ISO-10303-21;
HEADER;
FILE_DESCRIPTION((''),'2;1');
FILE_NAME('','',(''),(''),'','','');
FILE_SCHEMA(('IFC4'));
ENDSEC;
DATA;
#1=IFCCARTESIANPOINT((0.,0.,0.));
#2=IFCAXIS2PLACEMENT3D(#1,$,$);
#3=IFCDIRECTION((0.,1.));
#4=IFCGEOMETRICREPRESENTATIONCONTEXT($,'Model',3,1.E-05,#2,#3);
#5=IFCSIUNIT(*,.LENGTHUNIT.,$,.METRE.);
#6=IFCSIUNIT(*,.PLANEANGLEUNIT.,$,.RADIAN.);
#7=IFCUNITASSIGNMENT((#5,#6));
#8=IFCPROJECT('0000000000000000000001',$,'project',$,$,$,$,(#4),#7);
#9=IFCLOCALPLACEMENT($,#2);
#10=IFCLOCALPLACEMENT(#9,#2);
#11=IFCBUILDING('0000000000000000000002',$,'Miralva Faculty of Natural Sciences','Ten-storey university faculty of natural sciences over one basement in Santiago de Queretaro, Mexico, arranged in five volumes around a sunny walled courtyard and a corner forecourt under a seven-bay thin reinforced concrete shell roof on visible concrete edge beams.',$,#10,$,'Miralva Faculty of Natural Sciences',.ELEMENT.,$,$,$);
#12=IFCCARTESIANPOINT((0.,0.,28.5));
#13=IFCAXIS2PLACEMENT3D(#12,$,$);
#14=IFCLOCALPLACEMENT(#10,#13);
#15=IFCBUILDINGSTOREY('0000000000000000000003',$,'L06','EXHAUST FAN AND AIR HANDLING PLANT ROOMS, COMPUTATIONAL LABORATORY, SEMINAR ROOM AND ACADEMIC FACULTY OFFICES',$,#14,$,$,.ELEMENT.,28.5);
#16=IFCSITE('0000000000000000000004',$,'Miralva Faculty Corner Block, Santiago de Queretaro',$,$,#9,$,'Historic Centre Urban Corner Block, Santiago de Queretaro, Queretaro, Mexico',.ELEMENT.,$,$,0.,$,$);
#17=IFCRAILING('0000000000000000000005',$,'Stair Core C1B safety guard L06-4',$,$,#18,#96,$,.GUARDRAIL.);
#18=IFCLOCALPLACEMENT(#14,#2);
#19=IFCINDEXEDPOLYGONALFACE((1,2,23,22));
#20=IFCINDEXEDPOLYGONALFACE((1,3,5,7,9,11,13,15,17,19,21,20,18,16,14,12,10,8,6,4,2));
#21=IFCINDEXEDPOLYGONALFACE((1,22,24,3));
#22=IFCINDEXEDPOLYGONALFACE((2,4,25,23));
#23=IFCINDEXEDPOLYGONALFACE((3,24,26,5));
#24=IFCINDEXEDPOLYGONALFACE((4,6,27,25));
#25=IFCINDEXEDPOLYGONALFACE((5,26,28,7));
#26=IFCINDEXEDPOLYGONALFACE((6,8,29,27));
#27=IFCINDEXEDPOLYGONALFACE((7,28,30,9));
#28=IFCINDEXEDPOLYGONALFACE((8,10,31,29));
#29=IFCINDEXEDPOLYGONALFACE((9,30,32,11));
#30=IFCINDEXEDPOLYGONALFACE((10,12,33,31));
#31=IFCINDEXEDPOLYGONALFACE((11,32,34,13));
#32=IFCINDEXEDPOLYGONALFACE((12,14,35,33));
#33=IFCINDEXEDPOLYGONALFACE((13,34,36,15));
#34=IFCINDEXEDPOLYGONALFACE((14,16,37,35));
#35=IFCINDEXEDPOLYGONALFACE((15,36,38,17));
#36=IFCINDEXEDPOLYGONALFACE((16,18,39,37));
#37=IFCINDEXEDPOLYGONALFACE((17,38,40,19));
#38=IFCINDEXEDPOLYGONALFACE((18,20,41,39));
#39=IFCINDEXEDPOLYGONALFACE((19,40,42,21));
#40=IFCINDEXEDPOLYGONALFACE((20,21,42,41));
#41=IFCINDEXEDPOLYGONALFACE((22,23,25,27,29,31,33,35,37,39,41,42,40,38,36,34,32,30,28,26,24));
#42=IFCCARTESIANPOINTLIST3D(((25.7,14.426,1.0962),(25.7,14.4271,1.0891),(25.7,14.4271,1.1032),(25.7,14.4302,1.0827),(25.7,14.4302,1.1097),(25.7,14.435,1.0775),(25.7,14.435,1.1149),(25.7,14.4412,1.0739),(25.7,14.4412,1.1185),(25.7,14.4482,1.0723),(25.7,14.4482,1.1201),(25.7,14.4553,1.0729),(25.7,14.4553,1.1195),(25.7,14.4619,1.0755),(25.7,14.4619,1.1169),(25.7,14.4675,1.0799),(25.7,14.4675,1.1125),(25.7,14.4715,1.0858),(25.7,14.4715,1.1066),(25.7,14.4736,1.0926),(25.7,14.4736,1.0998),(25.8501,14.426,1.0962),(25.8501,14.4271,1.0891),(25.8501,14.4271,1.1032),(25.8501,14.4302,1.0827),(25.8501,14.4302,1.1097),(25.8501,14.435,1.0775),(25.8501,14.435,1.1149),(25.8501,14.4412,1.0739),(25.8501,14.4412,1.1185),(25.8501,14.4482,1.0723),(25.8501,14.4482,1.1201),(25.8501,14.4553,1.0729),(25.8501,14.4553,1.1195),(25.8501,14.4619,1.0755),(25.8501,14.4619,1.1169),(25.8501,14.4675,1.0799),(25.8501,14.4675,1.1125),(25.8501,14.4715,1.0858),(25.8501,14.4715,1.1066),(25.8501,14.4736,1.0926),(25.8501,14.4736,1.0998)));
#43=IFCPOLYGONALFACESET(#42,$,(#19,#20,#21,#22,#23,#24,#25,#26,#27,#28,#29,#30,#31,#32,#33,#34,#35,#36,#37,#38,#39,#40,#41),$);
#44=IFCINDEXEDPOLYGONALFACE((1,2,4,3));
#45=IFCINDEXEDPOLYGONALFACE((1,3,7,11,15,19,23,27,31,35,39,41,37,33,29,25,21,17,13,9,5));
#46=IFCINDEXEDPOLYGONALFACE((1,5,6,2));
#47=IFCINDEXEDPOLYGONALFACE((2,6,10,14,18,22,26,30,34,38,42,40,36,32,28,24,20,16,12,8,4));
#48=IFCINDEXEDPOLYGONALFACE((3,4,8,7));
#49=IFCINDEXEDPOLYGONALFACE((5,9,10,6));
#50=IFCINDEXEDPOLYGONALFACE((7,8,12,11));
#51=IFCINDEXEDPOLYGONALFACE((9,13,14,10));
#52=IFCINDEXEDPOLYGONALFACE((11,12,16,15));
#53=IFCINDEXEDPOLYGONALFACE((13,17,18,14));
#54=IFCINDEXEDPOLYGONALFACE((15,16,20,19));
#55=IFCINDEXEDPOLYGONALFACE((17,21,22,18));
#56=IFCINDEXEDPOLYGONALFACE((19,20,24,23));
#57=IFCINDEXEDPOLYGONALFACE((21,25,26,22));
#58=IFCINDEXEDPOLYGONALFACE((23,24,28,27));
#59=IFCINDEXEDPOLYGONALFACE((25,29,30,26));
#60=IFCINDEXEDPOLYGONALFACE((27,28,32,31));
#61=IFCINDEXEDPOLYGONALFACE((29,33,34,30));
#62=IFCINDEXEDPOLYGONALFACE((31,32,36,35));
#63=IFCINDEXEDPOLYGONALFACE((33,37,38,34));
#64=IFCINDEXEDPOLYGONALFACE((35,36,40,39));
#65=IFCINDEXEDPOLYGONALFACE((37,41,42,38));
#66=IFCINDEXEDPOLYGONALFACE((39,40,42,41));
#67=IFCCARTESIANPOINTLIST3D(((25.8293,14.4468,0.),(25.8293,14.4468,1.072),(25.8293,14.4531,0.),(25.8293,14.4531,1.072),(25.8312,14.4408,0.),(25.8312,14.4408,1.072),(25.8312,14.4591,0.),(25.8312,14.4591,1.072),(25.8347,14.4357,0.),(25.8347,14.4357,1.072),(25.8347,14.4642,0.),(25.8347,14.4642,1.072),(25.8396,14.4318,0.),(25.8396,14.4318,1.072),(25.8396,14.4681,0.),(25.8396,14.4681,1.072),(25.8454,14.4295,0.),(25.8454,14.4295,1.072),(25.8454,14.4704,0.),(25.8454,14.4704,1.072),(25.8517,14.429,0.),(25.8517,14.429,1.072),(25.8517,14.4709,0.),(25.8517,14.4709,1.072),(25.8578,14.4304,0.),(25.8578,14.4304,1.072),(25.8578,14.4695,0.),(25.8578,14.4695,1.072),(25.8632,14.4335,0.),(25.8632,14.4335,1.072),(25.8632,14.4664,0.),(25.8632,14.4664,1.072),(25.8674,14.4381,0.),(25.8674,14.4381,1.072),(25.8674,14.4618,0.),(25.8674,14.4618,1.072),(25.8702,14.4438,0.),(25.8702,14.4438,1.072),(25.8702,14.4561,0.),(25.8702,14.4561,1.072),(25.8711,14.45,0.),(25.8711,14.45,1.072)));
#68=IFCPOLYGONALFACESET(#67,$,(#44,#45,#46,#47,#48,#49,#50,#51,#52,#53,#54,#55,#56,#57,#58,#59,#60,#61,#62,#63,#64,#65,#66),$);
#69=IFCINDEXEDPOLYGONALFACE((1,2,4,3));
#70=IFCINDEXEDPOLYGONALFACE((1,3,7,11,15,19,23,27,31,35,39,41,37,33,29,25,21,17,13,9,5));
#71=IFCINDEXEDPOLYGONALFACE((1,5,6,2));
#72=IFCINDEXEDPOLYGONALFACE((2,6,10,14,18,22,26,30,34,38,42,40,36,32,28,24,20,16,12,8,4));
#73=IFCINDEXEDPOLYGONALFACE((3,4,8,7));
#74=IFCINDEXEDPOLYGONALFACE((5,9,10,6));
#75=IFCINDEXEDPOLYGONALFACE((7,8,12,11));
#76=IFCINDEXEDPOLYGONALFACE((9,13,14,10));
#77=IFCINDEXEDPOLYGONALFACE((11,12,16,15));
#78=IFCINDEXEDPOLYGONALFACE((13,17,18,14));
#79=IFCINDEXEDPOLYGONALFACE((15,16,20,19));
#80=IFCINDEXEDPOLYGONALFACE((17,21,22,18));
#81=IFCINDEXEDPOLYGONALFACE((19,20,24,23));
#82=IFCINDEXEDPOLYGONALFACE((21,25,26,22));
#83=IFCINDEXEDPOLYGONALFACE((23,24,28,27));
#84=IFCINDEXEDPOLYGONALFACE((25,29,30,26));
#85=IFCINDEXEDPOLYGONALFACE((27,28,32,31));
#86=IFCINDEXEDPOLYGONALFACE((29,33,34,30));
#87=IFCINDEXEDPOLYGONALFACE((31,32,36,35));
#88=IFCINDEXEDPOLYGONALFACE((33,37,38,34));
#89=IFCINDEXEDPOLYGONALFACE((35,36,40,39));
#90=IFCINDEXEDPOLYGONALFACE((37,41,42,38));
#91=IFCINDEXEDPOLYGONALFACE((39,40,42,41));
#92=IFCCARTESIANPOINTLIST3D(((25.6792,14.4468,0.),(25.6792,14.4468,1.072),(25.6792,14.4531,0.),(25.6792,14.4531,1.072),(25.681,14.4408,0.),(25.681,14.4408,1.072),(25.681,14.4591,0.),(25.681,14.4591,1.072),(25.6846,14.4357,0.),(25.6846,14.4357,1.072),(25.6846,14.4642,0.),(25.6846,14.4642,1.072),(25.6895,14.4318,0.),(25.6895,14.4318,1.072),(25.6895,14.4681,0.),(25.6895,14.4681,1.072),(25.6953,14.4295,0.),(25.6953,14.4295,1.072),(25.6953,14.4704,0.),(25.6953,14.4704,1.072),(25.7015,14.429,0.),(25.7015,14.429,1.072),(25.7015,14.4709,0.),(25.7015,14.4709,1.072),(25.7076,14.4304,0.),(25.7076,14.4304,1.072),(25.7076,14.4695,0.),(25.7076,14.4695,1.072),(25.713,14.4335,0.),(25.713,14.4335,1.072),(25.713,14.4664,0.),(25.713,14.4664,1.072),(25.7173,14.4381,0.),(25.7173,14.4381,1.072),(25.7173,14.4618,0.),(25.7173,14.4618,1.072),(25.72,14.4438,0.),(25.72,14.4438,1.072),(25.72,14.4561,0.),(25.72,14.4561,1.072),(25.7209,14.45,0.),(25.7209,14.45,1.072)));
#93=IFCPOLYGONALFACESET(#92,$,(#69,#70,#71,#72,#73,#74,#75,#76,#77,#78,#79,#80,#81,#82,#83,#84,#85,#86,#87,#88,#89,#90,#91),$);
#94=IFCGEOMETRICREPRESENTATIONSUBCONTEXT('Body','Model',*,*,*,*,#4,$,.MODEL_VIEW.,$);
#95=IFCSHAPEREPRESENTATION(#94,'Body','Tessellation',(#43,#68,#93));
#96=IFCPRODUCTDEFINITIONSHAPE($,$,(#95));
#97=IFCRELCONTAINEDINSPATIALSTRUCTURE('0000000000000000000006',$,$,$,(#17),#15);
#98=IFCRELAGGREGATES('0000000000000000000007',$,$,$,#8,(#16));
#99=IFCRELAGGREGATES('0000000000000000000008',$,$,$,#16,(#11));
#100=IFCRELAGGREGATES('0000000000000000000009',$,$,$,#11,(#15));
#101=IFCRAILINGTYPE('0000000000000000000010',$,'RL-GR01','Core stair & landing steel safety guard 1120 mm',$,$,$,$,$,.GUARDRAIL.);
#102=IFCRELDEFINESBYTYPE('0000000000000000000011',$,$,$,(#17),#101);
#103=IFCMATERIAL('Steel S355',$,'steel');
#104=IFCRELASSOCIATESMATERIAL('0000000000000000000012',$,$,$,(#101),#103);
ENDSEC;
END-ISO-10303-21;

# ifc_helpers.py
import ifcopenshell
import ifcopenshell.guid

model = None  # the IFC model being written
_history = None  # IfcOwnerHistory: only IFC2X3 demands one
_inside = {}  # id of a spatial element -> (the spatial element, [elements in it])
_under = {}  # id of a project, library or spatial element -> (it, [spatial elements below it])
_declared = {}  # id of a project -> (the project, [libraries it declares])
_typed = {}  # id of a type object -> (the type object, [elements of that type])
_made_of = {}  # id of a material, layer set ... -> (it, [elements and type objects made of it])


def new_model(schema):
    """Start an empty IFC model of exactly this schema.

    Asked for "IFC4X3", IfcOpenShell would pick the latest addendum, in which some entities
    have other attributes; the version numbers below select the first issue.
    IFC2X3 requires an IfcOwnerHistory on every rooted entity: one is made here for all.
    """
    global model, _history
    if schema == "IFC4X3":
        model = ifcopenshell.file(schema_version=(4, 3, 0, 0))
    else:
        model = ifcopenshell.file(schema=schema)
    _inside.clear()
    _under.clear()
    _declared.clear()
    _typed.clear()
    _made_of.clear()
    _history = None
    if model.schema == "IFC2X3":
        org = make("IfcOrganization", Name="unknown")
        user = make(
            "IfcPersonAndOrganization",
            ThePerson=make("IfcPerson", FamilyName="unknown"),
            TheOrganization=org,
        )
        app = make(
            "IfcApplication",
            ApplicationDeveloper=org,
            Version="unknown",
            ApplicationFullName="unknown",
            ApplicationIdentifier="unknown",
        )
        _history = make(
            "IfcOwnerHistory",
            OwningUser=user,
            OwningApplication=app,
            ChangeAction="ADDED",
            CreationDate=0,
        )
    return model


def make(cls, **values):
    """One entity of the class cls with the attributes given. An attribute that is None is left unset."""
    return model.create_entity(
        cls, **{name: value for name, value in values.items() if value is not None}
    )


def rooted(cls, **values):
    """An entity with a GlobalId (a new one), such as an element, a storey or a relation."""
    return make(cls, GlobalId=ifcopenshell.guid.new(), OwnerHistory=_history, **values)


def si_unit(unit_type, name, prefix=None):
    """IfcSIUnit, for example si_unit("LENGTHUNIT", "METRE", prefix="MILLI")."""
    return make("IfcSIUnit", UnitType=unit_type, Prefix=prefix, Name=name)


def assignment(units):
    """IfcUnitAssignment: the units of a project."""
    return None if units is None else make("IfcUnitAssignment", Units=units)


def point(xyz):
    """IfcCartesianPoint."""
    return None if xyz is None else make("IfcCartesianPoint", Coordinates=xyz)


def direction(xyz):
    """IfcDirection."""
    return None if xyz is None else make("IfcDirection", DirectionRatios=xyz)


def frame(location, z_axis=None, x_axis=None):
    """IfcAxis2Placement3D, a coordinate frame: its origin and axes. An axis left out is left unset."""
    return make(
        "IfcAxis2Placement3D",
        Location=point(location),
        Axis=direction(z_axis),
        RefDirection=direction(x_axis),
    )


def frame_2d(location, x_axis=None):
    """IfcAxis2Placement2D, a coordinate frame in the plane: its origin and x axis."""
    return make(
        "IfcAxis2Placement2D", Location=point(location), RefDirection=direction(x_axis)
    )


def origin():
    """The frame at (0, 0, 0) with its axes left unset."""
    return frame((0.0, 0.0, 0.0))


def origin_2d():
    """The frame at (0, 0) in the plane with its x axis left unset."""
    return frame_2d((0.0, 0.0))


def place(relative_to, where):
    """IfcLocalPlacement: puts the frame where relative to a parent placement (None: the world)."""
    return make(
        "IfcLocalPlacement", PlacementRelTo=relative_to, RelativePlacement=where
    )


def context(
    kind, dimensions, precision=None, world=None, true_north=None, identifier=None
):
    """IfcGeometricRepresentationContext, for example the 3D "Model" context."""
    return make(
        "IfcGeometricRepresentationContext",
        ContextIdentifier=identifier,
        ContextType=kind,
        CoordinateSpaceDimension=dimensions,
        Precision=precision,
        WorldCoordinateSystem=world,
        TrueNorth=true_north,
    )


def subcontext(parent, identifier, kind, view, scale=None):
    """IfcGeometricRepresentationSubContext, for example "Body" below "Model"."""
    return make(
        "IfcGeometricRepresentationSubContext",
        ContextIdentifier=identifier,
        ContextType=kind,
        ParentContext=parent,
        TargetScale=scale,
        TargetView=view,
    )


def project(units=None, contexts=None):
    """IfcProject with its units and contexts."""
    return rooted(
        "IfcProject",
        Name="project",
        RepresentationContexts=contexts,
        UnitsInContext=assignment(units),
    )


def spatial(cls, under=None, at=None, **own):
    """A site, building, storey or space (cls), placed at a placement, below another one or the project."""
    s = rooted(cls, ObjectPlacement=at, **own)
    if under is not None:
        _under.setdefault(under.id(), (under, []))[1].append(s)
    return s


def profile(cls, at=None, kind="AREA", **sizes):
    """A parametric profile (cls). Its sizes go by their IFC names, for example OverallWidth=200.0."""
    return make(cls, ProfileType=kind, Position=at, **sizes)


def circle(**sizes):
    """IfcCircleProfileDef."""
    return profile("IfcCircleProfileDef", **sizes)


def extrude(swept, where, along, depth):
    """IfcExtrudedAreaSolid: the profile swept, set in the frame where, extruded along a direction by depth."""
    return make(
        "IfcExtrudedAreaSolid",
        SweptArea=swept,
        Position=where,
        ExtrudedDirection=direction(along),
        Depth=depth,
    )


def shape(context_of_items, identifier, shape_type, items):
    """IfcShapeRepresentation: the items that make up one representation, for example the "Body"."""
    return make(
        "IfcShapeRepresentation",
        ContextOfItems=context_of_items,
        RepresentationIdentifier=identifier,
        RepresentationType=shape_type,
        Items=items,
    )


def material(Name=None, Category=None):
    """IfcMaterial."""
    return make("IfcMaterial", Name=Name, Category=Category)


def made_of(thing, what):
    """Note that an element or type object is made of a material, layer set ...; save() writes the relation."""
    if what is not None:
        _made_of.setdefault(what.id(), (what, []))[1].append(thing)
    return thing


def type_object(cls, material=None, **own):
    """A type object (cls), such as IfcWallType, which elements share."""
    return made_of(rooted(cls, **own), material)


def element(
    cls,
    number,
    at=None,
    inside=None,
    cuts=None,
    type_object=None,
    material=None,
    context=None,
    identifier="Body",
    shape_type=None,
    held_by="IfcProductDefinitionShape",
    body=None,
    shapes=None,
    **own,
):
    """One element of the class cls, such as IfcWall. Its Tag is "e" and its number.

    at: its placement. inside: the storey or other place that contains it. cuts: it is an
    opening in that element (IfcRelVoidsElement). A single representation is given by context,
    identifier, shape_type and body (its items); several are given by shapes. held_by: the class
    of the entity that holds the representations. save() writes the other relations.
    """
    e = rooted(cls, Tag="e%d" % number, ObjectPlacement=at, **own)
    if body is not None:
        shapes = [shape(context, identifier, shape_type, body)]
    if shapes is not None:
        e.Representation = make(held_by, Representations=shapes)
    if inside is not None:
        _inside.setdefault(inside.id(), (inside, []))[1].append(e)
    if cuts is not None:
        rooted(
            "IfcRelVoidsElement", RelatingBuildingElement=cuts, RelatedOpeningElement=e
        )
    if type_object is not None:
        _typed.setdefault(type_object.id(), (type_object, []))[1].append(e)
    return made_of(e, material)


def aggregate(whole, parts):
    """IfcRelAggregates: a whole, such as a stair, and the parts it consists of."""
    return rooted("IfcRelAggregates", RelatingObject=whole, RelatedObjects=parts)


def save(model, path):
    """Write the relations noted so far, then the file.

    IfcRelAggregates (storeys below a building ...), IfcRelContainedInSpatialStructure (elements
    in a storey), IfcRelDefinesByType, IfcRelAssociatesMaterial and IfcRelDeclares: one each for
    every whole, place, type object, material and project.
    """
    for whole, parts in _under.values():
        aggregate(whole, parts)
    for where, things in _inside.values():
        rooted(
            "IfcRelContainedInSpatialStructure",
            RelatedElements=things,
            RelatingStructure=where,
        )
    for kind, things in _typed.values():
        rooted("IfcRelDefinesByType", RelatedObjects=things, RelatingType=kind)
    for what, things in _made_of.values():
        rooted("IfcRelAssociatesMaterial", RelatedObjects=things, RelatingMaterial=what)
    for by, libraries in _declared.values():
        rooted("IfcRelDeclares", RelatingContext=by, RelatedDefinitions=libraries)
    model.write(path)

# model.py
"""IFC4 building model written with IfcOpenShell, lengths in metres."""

from ifc_helpers import new_model, si_unit, direction, frame, origin, origin_2d, place, context, subcontext, project, spatial, circle, extrude, material, type_object, element, save


model = new_model("IFC4")

# Units and contexts
model_context = context("Model", 3, precision=1e-05, world=origin(), true_north=direction((0.0, 1.0)))
body_context = subcontext(model_context, "Body", "Model", "MODEL_VIEW")
ifc_project = project(units=[si_unit("LENGTHUNIT", "METRE"), si_unit("PLANEANGLEUNIT", "RADIAN")], contexts=[model_context])

# Site, building, storey
site_placement = place(None, origin())
site = spatial("IfcSite", under=ifc_project, at=site_placement, Name="Miralva Faculty Corner Block, Santiago de Queretaro", LongName="Historic Centre Urban Corner Block, Santiago de Queretaro, Queretaro, Mexico", CompositionType="ELEMENT", RefElevation=0.0)
building_placement = place(site_placement, origin())
building = spatial("IfcBuilding", under=site, at=building_placement, Name="Miralva Faculty of Natural Sciences", Description="Ten-storey university faculty of natural sciences over one basement in Santiago de Queretaro, Mexico, arranged in five volumes around a sunny walled courtyard and a corner forecourt under a seven-bay thin reinforced concrete shell roof on visible concrete edge beams.", LongName="Miralva Faculty of Natural Sciences", CompositionType="ELEMENT")
storey_placement = place(building_placement, frame((0.0, 0.0, 28.5)))
storey = spatial("IfcBuildingStorey", under=building, at=storey_placement, Name="L06", Description="EXHAUST FAN AND AIR HANDLING PLANT ROOMS, COMPUTATIONAL LABORATORY, SEMINAR ROOM AND ACADEMIC FACULTY OFFICES", CompositionType="ELEMENT", Elevation=28.5)

# Shared definitions
ifc_material_1 = material(Name="Steel S355", Category="steel")

# Railing
railing_type_1 = type_object("IfcRailingType", Name="RL-GR01", Description="Core stair & landing steel safety guard 1120 mm", PredefinedType="GUARDRAIL", material=ifc_material_1)
railing_1_placement = place(storey_placement, frame((25.8501, 14.45, 0.0)))
element("IfcRailing", 1, at=railing_1_placement, inside=storey, type_object=railing_type_1, Name="Stair Core C1B safety guard L06-4", PredefinedType="GUARDRAIL", context=body_context, shape_type="SweptSolid", body=[
    extrude(circle(Radius=0.0239, at=origin_2d()), frame((0.0, 0.0, 1.0962), z_axis=(-1.0, 0.0, 0.0), x_axis=(0.0, -1.0, 0.0)), (0.0, 0.0, 1.0), 0.1501),
    extrude(circle(Radius=0.021, at=origin_2d()), origin(), (0.0, 0.0, 1.0), 1.072),
    extrude(circle(Radius=0.021, at=origin_2d()), frame((-0.1501, 0.0, 0.0)), (0.0, 0.0, 1.0), 1.072),
])

save(model, "model.ifc")
